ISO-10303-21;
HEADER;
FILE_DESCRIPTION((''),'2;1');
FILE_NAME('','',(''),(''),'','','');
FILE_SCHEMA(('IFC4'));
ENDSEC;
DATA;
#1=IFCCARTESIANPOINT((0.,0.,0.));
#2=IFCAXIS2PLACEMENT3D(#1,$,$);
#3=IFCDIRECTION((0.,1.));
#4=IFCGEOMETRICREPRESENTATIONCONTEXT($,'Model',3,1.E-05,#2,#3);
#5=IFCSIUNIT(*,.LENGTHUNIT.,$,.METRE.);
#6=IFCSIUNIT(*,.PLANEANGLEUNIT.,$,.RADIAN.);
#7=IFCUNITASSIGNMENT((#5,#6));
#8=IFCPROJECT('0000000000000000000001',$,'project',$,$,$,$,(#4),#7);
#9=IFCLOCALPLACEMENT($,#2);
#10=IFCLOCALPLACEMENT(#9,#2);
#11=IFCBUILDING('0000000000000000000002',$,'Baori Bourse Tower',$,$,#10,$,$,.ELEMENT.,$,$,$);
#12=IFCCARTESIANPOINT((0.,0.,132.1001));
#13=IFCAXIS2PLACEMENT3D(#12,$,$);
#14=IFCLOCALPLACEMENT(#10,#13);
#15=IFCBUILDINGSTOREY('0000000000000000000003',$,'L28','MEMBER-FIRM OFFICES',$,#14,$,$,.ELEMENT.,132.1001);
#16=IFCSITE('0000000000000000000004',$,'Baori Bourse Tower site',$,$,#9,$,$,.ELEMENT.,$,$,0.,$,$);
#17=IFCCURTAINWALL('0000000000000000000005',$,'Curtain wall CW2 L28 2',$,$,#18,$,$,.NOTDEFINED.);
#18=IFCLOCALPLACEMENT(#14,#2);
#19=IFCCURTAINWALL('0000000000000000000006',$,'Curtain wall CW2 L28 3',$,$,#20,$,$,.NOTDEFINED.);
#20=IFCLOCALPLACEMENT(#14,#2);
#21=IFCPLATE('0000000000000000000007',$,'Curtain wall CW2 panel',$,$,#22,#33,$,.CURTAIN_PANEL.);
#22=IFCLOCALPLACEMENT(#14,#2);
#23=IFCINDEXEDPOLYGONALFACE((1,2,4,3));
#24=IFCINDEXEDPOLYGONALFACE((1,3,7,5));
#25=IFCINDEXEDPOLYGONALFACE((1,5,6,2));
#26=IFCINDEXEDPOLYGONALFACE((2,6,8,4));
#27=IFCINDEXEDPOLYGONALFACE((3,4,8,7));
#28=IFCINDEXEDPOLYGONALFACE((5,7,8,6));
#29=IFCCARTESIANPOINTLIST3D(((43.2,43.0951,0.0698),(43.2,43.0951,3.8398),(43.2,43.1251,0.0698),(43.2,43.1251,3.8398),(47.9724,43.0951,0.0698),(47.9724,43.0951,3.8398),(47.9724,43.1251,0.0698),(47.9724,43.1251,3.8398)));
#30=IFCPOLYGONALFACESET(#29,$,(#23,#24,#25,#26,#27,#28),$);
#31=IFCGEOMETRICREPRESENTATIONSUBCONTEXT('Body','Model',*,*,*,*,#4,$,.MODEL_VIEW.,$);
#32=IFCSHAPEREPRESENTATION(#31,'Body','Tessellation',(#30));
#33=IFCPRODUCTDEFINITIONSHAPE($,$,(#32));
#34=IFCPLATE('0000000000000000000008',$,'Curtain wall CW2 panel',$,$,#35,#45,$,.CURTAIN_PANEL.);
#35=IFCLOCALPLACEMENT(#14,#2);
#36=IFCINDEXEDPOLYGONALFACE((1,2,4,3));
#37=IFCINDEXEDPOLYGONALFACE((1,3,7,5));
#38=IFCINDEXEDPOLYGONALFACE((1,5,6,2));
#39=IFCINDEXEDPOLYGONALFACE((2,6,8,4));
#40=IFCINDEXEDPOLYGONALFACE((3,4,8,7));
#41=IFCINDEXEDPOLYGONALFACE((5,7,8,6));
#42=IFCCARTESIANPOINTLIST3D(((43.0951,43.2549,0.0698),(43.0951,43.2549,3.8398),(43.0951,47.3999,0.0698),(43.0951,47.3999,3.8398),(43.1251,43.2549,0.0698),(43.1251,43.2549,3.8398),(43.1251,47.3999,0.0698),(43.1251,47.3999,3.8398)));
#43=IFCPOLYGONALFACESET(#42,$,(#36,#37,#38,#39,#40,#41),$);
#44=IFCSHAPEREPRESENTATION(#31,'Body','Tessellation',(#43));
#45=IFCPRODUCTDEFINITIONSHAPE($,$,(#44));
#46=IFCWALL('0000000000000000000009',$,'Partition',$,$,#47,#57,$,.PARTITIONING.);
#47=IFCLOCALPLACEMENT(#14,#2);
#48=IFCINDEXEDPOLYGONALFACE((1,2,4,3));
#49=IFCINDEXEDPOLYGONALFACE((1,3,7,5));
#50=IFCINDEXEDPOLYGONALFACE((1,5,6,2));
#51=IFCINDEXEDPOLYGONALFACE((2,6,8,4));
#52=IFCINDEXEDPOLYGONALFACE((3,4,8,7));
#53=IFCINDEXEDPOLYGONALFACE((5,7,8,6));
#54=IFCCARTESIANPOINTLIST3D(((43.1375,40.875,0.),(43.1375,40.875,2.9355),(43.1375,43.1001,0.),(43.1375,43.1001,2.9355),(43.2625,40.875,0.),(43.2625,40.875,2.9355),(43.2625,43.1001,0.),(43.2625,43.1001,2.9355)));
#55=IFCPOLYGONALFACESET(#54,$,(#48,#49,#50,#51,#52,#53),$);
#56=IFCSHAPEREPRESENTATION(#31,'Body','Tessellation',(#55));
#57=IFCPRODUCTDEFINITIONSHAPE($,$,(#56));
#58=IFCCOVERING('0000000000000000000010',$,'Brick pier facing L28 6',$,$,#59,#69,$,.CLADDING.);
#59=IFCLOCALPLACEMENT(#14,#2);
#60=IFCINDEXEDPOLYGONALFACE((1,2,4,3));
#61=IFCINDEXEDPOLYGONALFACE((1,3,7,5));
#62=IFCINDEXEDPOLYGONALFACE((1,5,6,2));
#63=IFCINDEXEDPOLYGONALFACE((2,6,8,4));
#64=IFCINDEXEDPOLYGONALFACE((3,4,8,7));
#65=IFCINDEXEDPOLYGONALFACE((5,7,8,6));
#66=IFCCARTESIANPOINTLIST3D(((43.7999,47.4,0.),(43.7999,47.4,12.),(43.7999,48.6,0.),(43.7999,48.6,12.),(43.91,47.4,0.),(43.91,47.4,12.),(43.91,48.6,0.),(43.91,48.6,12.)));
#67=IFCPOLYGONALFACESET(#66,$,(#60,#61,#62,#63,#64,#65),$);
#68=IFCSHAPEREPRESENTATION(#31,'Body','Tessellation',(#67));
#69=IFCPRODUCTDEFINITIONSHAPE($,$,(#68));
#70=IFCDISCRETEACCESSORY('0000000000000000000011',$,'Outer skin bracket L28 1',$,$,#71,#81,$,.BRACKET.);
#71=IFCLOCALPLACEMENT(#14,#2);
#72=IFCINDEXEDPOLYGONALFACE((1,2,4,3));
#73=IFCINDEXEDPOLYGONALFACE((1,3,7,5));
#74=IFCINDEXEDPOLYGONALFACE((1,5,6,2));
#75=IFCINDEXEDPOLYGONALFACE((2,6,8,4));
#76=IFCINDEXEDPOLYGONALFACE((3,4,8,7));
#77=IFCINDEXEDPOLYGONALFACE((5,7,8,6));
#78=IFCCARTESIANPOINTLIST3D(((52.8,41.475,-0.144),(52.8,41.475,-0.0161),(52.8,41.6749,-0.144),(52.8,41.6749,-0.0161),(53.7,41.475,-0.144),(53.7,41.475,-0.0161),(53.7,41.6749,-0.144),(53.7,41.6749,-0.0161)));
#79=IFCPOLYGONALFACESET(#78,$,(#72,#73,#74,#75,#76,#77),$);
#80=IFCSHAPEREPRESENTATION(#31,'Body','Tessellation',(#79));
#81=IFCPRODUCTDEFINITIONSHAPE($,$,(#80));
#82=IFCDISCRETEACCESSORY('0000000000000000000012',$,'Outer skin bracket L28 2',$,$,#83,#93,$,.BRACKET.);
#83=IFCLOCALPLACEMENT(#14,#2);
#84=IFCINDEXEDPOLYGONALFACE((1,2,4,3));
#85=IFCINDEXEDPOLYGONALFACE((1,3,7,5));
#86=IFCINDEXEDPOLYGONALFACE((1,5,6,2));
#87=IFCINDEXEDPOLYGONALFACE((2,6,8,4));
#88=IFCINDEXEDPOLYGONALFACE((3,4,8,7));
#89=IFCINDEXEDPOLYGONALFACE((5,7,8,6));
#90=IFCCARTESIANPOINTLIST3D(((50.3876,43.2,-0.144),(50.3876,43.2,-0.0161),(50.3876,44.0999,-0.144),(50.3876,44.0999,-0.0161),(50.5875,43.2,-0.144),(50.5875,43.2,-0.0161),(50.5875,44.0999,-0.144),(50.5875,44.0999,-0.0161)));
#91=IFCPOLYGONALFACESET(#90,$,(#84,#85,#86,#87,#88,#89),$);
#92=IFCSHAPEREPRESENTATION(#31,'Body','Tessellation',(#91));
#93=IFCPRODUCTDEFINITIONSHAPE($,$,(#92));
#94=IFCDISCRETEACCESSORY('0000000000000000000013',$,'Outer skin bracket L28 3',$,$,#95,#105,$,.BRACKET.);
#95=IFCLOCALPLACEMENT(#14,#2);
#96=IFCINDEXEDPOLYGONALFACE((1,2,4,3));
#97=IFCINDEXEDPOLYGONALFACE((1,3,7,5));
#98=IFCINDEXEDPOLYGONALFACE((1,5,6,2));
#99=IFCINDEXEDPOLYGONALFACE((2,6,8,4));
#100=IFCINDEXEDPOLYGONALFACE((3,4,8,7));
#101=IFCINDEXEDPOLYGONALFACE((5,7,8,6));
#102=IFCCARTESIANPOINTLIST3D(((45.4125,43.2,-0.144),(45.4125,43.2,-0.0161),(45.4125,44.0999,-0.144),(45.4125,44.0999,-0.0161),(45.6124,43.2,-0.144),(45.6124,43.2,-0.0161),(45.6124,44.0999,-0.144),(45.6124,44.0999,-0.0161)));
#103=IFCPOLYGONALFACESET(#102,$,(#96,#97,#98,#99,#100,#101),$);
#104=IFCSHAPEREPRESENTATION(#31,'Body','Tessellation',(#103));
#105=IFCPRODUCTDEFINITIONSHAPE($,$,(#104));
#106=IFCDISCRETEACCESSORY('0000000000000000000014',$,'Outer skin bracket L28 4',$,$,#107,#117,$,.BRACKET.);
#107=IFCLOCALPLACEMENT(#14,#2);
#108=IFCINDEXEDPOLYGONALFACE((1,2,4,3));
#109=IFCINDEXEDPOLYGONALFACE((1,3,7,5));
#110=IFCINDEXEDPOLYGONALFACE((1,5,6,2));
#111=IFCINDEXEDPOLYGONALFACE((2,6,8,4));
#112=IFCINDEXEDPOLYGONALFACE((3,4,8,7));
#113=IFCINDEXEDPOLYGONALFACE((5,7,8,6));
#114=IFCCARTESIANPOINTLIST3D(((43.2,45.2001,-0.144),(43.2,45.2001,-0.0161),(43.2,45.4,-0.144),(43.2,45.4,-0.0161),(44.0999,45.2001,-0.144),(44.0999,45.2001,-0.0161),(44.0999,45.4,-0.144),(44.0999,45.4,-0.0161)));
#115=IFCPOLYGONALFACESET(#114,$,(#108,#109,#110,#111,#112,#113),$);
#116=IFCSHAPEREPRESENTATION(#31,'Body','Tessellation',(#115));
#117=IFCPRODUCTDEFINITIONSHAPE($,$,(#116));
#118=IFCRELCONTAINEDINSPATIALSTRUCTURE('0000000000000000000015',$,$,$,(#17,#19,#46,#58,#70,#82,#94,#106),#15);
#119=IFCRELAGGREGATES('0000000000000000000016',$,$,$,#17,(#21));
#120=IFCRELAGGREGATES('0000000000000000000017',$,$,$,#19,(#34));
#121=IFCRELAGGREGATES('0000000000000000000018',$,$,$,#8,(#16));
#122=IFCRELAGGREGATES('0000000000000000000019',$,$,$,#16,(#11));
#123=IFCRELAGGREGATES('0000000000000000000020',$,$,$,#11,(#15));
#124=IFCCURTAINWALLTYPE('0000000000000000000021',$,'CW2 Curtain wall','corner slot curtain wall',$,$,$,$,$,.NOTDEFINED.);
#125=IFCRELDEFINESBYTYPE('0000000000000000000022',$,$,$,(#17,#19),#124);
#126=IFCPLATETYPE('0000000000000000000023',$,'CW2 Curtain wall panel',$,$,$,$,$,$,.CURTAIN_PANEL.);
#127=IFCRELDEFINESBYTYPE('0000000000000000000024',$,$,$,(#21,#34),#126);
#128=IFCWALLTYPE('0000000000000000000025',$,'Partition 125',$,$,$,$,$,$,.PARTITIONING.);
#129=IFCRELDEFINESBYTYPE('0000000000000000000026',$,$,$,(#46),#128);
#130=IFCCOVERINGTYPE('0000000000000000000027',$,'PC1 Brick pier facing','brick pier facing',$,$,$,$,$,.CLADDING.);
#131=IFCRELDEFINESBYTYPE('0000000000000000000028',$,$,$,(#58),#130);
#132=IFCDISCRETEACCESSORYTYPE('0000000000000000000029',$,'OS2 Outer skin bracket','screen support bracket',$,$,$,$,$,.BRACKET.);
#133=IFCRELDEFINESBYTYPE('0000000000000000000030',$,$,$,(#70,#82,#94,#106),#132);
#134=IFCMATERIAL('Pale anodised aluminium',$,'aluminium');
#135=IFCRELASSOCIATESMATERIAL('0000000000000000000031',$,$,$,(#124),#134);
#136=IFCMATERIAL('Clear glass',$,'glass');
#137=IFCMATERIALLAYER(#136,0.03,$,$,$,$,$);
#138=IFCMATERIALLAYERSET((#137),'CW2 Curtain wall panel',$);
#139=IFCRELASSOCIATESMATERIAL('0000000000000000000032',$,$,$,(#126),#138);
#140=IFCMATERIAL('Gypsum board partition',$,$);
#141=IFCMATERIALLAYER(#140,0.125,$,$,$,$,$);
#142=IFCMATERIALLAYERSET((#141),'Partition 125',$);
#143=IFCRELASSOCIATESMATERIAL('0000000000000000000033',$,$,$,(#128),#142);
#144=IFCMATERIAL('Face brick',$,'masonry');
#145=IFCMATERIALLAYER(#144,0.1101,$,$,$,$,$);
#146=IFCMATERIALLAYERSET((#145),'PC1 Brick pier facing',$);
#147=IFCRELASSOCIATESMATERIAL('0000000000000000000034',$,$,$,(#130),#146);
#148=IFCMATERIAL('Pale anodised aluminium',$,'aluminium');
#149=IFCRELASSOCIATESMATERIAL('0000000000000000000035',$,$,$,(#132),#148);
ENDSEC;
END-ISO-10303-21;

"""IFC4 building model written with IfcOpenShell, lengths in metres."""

from ifc_helpers import new_model, si_unit, direction, frame, frame_2d, origin, origin_2d, place, context, subcontext, project, spatial, rectangle, extrude, material, layer, layer_set, type_object, element, aggregate, save


model = new_model("IFC4")

# Units and contexts
model_context = context("Model", 3, precision=1e-05, world=origin(), true_north=direction((0.0, 1.0)))
body_context = subcontext(model_context, "Body", "Model", "MODEL_VIEW")
ifc_project = project(units=[si_unit("LENGTHUNIT", "METRE"), si_unit("PLANEANGLEUNIT", "RADIAN")], contexts=[model_context])

# Site, building, storey
site_placement = place(None, origin())
site = spatial("IfcSite", under=ifc_project, at=site_placement, Name="Baori Bourse Tower site", CompositionType="ELEMENT", RefElevation=0.0)
building_placement = place(site_placement, origin())
building = spatial("IfcBuilding", under=site, at=building_placement, Name="Baori Bourse Tower", CompositionType="ELEMENT")
storey_placement = place(building_placement, frame((0.0, 0.0, 132.1001)))
storey = spatial("IfcBuildingStorey", under=building, at=storey_placement, Name="L28", Description="MEMBER-FIRM OFFICES", CompositionType="ELEMENT", Elevation=132.1001)

# Curtain wall
ifc_material_1 = material(Name="Pale anodised aluminium", Category="aluminium")
curtain_wall_type_1 = type_object("IfcCurtainWallType", Name="CW2 Curtain wall", Description="corner slot curtain wall", PredefinedType="NOTDEFINED", material=ifc_material_1)
curtain_wall_1_placement = place(storey_placement, origin())
curtain_wall_1 = element("IfcCurtainWall", 1, at=curtain_wall_1_placement, inside=storey, type_object=curtain_wall_type_1, Name="Curtain wall CW2 L28 2", PredefinedType="NOTDEFINED")

# Curtain wall
curtain_wall_2_placement = place(storey_placement, origin())
curtain_wall_2 = element("IfcCurtainWall", 2, at=curtain_wall_2_placement, inside=storey, type_object=curtain_wall_type_1, Name="Curtain wall CW2 L28 3", PredefinedType="NOTDEFINED")

# Shared definitions
ifc_material_2 = material(Name="Clear glass", Category="glass")
ifc_layer_1 = layer(ifc_material_2, 0.03)
ifc_layer_set_1 = layer_set([ifc_layer_1], Name="CW2 Curtain wall panel")
plate_type = type_object("IfcPlateType", Name="CW2 Curtain wall panel", PredefinedType="CURTAIN_PANEL", material=ifc_layer_set_1)

# Plates
plate_1_placement = place(storey_placement, frame((45.5862, 43.1101, 0.0698), z_axis=(0.0, 0.0, 1.0), x_axis=(-1.0, 0.0, 0.0)))
plate_1 = element("IfcPlate", 3, at=plate_1_placement, type_object=plate_type, Name="Curtain wall CW2 panel", PredefinedType="CURTAIN_PANEL", context=body_context, shape_type="SweptSolid", body=[
    extrude(rectangle(XDim=4.7725, YDim=0.03, at=origin_2d()), origin(), (0.0, 0.0, 1.0), 3.77),
])
aggregate(curtain_wall_1, [plate_1])
plate_2_placement = place(storey_placement, frame((43.1101, 45.3274, 0.0698), z_axis=(0.0, 0.0, 1.0), x_axis=(0.0, 1.0, 0.0)))
plate_2 = element("IfcPlate", 4, at=plate_2_placement, type_object=plate_type, Name="Curtain wall CW2 panel", PredefinedType="CURTAIN_PANEL", context=body_context, shape_type="SweptSolid", body=[
    extrude(rectangle(XDim=4.145, YDim=0.03, at=origin_2d()), origin(), (0.0, 0.0, 1.0), 3.77),
])
aggregate(curtain_wall_2, [plate_2])

# Wall
ifc_material_3 = material(Name="Gypsum board partition")
ifc_layer_2 = layer(ifc_material_3, 0.125)
ifc_layer_set_2 = layer_set([ifc_layer_2], Name="Partition 125")
wall_type = type_object("IfcWallType", Name="Partition 125", PredefinedType="PARTITIONING", material=ifc_layer_set_2)
wall_placement = place(storey_placement, frame((43.2, 40.875, 0.0), z_axis=(0.0, 0.0, 1.0), x_axis=(0.0, 1.0, 0.0)))
element("IfcWall", 5, at=wall_placement, inside=storey, type_object=wall_type, Name="Partition", PredefinedType="PARTITIONING", context=body_context, shape_type="SweptSolid", body=[
    extrude(rectangle(XDim=2.2251, YDim=0.125, at=frame_2d((1.1125, 0.0))), origin(), (0.0, 0.0, 1.0), 2.9355),
])

# Covering
ifc_material_4 = material(Name="Face brick", Category="masonry")
ifc_layer_3 = layer(ifc_material_4, 0.1101)
ifc_layer_set_3 = layer_set([ifc_layer_3], Name="PC1 Brick pier facing")
covering_type = type_object("IfcCoveringType", Name="PC1 Brick pier facing", Description="brick pier facing", PredefinedType="CLADDING", material=ifc_layer_set_3)
covering_placement = place(storey_placement, frame((43.855, 48.0, 0.0), z_axis=(0.0, 0.0, 1.0), x_axis=(1.0, 0.0, 0.0)))
element("IfcCovering", 6, at=covering_placement, inside=storey, type_object=covering_type, Name="Brick pier facing L28 6", PredefinedType="CLADDING", context=body_context, shape_type="SweptSolid", body=[
    extrude(rectangle(XDim=0.1101, YDim=1.2, at=origin_2d()), origin(), (0.0, 0.0, 1.0), 12.0),
])

# Discrete accessories
ifc_material_5 = material(Name="Pale anodised aluminium", Category="aluminium")
discrete_accessory_type = type_object("IfcDiscreteAccessoryType", Name="OS2 Outer skin bracket", Description="screen support bracket", PredefinedType="BRACKET", material=ifc_material_5)
for number, where, z_axis, x_axis, name in (
    (7, (53.25, 41.575, -0.144), (0.0, 0.0, 1.0), (0.0, 1.0, 0.0), "Outer skin bracket L28 1"),
    (8, (50.4875, 43.6499, -0.144), (0.0, 0.0, 1.0), (-1.0, 0.0, 0.0), "Outer skin bracket L28 2"),
    (9, (45.5125, 43.6499, -0.144), (0.0, 0.0, 1.0), (-1.0, 0.0, 0.0), "Outer skin bracket L28 3"),
    (10, (43.6499, 45.3, -0.144), (0.0, 0.0, 1.0), (0.0, 1.0, 0.0), "Outer skin bracket L28 4"),
):
    element("IfcDiscreteAccessory", number, at=place(storey_placement, frame(where, z_axis=z_axis, x_axis=x_axis)), inside=storey, type_object=discrete_accessory_type, Name=name, PredefinedType="BRACKET", context=body_context, shape_type="SweptSolid", body=[
        extrude(rectangle(XDim=0.2, YDim=0.8999, at=origin_2d()), origin(), (0.0, 0.0, 1.0), 0.1279),
    ])

save(model, "model.ifc")
